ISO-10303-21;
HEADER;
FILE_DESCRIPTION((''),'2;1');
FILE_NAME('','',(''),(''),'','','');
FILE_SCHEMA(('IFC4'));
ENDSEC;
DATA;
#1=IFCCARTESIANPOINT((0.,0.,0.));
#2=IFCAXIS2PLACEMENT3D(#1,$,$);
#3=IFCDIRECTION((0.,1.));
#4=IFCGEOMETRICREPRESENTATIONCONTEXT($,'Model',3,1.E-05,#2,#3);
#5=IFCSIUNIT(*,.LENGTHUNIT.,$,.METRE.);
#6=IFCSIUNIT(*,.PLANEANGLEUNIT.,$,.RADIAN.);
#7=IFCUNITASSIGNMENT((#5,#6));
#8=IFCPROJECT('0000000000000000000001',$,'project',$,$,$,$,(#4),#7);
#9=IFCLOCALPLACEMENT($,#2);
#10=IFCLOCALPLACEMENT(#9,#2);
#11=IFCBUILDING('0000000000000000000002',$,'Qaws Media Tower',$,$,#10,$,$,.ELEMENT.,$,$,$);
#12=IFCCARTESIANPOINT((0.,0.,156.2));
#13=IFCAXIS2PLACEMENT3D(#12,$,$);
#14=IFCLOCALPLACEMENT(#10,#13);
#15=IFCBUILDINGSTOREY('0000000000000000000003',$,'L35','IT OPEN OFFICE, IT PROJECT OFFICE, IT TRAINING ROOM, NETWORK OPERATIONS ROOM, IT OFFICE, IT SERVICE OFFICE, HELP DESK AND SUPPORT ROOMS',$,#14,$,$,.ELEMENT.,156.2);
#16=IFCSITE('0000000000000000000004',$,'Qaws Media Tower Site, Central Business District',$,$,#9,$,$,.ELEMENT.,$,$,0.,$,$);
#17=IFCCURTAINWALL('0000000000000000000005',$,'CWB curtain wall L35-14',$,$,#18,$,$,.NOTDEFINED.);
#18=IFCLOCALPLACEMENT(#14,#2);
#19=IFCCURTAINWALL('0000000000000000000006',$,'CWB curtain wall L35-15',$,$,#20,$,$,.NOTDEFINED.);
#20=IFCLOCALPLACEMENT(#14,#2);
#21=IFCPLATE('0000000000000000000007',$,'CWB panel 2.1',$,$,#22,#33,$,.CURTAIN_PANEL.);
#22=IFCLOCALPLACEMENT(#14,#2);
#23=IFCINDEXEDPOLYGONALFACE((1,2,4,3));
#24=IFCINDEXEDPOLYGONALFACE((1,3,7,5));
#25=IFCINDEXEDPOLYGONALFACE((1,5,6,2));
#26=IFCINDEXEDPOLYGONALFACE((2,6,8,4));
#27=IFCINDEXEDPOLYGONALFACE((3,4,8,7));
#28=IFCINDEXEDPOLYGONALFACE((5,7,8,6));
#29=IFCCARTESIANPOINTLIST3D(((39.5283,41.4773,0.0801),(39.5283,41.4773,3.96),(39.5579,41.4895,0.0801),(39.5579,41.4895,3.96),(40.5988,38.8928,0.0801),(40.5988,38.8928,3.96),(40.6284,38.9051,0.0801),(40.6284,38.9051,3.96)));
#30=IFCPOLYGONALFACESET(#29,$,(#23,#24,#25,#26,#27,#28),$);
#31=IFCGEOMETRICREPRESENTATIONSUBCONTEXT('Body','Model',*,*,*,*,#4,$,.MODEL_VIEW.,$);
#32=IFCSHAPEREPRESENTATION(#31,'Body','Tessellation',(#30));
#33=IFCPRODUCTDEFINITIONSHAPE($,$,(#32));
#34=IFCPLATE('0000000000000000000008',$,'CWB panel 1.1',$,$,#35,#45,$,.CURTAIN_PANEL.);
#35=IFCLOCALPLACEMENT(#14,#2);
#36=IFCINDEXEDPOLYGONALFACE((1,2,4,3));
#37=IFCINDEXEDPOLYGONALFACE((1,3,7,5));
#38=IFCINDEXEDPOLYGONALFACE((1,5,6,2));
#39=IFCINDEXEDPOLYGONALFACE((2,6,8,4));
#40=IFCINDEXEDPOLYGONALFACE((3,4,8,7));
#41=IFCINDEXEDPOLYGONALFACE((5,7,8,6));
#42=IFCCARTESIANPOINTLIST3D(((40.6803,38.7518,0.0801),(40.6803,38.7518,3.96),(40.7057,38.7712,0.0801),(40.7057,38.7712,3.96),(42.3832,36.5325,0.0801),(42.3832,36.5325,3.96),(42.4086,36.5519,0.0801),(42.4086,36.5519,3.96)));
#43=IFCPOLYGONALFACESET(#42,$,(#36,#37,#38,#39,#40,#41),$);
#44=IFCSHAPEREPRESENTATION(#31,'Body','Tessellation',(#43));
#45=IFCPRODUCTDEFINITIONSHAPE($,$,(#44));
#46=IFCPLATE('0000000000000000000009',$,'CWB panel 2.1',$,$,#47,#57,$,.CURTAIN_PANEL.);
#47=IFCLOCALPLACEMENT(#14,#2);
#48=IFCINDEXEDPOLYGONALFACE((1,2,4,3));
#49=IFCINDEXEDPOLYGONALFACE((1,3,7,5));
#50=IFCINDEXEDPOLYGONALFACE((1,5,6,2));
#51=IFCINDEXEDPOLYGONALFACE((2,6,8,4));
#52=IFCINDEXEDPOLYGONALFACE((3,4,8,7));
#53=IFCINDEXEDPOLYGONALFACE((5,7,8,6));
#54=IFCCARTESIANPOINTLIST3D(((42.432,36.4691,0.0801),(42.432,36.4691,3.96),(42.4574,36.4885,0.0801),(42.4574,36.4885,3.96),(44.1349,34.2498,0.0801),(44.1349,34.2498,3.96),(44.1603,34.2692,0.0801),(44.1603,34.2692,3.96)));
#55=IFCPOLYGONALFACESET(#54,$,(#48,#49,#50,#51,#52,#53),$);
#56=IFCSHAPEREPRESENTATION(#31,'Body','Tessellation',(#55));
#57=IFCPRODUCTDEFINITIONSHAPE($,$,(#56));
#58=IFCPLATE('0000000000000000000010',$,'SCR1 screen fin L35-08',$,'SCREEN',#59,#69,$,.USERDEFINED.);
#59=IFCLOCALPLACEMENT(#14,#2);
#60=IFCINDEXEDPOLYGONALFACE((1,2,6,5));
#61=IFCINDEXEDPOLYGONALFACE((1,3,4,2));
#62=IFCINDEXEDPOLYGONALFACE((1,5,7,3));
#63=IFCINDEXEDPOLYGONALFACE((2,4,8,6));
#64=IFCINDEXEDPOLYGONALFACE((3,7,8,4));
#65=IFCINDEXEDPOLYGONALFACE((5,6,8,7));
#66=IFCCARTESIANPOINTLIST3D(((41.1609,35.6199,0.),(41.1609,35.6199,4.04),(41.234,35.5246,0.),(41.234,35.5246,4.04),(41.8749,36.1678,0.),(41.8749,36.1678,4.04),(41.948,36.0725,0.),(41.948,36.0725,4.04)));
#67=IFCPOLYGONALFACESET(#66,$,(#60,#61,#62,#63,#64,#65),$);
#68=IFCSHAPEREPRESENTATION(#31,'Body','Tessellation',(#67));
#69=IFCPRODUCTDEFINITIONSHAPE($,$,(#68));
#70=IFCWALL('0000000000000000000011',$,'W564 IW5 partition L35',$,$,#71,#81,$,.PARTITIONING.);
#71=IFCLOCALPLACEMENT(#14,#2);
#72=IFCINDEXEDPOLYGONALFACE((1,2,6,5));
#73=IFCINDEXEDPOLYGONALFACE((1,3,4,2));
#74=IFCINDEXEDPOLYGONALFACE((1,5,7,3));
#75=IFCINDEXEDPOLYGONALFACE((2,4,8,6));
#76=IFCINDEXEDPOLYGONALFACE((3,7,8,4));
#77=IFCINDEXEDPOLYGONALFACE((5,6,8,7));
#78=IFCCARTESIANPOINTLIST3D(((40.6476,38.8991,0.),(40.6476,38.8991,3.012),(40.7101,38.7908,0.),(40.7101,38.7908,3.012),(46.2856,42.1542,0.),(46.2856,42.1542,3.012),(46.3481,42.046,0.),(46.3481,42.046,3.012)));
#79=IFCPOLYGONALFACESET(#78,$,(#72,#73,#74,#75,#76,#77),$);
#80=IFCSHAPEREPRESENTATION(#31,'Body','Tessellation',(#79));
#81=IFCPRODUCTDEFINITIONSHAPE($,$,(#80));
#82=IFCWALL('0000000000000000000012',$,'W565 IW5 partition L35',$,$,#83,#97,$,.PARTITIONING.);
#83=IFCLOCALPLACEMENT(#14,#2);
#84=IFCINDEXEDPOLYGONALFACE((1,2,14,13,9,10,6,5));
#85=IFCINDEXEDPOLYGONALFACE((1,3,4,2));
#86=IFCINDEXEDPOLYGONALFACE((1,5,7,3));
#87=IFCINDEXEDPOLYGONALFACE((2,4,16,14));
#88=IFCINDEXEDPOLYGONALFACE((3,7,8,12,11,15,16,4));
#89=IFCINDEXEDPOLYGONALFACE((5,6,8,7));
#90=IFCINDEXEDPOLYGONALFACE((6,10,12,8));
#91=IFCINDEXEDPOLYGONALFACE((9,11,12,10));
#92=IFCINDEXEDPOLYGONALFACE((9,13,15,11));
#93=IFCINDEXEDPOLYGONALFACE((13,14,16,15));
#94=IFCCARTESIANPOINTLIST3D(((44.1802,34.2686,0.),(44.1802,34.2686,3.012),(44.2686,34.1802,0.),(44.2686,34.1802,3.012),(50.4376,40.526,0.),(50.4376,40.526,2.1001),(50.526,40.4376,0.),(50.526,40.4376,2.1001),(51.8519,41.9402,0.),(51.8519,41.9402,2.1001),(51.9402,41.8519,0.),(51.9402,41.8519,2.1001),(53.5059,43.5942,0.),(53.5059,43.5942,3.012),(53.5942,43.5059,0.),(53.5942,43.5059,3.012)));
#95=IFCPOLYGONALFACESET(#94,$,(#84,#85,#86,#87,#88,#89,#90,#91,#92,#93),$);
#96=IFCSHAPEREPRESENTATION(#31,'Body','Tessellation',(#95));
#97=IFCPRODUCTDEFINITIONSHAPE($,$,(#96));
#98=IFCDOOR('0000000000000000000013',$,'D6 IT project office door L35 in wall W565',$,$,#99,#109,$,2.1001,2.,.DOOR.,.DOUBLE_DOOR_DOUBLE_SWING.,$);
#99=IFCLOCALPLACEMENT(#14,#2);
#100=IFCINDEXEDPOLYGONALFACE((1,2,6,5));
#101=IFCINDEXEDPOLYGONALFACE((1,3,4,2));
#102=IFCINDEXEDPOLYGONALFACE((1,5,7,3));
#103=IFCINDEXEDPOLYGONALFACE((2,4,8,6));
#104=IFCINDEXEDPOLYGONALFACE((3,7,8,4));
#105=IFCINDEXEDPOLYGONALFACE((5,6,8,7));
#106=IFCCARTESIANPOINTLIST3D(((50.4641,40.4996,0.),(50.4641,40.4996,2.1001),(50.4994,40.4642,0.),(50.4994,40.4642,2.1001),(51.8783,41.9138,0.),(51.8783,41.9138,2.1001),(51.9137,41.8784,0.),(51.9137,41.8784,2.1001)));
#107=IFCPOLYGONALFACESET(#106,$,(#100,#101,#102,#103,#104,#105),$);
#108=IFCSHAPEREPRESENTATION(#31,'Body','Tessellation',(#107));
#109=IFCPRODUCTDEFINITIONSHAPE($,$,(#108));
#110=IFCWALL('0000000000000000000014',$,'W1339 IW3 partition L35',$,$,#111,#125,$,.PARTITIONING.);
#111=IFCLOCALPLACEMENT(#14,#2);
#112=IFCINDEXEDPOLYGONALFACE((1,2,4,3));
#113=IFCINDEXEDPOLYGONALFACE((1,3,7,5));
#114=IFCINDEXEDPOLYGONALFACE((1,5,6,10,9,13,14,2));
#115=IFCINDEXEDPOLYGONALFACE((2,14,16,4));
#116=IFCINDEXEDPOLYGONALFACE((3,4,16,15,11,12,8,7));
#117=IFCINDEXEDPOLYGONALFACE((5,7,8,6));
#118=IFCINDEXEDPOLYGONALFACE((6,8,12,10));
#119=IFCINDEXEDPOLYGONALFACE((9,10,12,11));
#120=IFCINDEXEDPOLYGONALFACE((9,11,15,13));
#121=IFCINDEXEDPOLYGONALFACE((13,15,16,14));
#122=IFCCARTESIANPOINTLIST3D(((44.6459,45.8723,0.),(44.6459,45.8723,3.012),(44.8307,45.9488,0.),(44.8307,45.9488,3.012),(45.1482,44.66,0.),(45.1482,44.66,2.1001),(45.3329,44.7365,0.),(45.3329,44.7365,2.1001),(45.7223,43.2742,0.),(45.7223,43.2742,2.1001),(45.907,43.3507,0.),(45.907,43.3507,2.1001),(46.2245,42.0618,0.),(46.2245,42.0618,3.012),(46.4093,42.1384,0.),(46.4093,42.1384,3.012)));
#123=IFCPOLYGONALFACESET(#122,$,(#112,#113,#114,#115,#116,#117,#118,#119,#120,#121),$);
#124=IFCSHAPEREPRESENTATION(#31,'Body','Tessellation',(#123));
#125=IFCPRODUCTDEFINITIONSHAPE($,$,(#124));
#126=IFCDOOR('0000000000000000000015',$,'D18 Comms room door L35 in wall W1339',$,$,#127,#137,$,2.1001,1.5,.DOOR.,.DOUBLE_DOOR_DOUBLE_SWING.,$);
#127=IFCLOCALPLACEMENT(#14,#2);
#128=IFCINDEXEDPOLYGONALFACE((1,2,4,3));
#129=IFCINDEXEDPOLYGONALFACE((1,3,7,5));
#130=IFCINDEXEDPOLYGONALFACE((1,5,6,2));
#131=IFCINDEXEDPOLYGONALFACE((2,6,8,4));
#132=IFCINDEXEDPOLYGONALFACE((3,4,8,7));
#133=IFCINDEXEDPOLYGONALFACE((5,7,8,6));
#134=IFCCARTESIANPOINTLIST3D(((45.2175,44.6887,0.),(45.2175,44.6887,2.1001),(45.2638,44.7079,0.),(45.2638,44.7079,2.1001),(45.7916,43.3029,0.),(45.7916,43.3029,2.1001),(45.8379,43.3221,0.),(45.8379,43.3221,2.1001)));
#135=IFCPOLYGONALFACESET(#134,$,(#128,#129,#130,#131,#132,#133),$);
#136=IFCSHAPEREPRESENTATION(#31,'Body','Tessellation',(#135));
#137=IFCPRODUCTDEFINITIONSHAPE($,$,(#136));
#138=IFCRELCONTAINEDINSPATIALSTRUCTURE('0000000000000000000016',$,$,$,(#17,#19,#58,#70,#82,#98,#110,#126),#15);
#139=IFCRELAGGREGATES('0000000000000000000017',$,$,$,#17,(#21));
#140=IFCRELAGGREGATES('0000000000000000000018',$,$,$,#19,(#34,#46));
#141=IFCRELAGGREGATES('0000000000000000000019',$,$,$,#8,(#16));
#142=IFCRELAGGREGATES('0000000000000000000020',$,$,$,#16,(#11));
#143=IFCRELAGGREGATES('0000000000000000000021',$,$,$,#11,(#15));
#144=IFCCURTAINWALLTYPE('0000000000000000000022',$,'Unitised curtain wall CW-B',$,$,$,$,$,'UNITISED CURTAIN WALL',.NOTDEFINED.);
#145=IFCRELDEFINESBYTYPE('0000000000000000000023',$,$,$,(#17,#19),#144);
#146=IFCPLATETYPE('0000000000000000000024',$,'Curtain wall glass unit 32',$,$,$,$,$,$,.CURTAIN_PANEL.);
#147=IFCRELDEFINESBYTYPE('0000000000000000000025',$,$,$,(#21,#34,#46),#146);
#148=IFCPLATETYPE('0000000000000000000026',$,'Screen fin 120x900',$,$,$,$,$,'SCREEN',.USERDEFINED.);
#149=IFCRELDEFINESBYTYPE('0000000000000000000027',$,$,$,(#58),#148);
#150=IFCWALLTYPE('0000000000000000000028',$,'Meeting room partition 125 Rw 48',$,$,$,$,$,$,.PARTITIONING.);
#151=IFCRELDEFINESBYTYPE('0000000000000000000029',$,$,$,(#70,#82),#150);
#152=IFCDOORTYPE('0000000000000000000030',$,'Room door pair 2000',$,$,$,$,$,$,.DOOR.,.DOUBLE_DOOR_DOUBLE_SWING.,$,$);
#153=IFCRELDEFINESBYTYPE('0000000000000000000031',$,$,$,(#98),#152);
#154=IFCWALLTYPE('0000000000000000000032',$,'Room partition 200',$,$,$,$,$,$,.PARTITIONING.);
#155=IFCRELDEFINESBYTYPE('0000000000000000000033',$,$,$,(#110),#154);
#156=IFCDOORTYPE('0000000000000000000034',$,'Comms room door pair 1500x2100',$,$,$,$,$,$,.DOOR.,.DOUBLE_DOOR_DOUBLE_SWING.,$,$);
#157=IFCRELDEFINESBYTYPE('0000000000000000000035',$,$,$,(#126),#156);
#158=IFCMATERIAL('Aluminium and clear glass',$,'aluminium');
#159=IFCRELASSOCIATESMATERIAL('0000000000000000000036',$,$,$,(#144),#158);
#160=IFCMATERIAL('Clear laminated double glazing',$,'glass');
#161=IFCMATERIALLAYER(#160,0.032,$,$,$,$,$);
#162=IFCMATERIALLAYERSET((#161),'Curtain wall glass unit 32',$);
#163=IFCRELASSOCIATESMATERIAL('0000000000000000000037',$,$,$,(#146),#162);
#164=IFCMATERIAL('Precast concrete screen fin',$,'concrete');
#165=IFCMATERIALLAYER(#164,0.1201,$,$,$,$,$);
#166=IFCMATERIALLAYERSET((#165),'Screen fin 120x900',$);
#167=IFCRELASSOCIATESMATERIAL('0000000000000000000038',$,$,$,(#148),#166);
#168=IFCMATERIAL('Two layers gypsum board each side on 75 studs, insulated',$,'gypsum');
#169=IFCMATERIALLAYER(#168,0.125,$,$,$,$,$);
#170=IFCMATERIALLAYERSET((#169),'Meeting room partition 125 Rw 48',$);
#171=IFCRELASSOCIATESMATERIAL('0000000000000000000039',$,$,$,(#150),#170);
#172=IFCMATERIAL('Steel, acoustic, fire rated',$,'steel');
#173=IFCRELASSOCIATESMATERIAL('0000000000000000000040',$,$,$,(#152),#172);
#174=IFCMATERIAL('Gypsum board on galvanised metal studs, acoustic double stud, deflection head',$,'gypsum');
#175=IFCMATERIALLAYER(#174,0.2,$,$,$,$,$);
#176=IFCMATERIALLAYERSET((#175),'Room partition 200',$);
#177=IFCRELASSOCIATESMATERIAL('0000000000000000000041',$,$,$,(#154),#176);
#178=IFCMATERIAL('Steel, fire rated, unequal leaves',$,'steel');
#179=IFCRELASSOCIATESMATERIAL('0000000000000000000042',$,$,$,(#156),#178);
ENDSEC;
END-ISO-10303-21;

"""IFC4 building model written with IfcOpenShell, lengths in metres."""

from ifc_helpers import new_model, si_unit, direction, frame, frame_2d, origin, origin_2d, place, context, subcontext, project, spatial, rectangle, extrude, material, layer, layer_set, type_object, element, fill, aggregate, save


model = new_model("IFC4")

# Units and contexts
model_context = context("Model", 3, precision=1e-05, world=origin(), true_north=direction((0.0, 1.0)))
body_context = subcontext(model_context, "Body", "Model", "MODEL_VIEW")
ifc_project = project(units=[si_unit("LENGTHUNIT", "METRE"), si_unit("PLANEANGLEUNIT", "RADIAN")], contexts=[model_context])

# Site, building, storey
site_placement = place(None, origin())
site = spatial("IfcSite", under=ifc_project, at=site_placement, Name="Qaws Media Tower Site, Central Business District", CompositionType="ELEMENT", RefElevation=0.0)
building_placement = place(site_placement, origin())
building = spatial("IfcBuilding", under=site, at=building_placement, Name="Qaws Media Tower", CompositionType="ELEMENT")
storey_placement = place(building_placement, frame((0.0, 0.0, 156.2)))
storey = spatial("IfcBuildingStorey", under=building, at=storey_placement, Name="L35", Description="IT OPEN OFFICE, IT PROJECT OFFICE, IT TRAINING ROOM, NETWORK OPERATIONS ROOM, IT OFFICE, IT SERVICE OFFICE, HELP DESK AND SUPPORT ROOMS", CompositionType="ELEMENT", Elevation=156.2)

# Curtain wall
ifc_material_1 = material(Name="Aluminium and clear glass", Category="aluminium")
curtain_wall_type = type_object("IfcCurtainWallType", Name="Unitised curtain wall CW-B", ElementType="UNITISED CURTAIN WALL", PredefinedType="NOTDEFINED", material=ifc_material_1)
curtain_wall_1_placement = place(storey_placement, origin())
curtain_wall_1 = element("IfcCurtainWall", 1, at=curtain_wall_1_placement, inside=storey, type_object=curtain_wall_type, Name="CWB curtain wall L35-14", PredefinedType="NOTDEFINED")

# Curtain wall
curtain_wall_2_placement = place(storey_placement, origin())
curtain_wall_2 = element("IfcCurtainWall", 2, at=curtain_wall_2_placement, inside=storey, type_object=curtain_wall_type, Name="CWB curtain wall L35-15", PredefinedType="NOTDEFINED")

# Plates
ifc_material_2 = material(Name="Clear laminated double glazing", Category="glass")
ifc_layer_1 = layer(ifc_material_2, 0.032)
ifc_layer_set_1 = layer_set([ifc_layer_1], Name="Curtain wall glass unit 32")
plate_type_1 = type_object("IfcPlateType", Name="Curtain wall glass unit 32", PredefinedType="CURTAIN_PANEL", material=ifc_layer_set_1)
plate_1_placement = place(storey_placement, frame((40.0784, 40.1912, 0.0801), z_axis=(0.0, 0.0, 1.0), x_axis=(0.382683, -0.92388, 0.0)))
plate_1 = element("IfcPlate", 3, at=plate_1_placement, type_object=plate_type_1, Name="CWB panel 2.1", PredefinedType="CURTAIN_PANEL", context=body_context, shape_type="SweptSolid", body=[
    extrude(rectangle(XDim=2.7974, YDim=0.032, at=origin_2d()), origin(), (0.0, 0.0, 1.0), 3.8799),
])
aggregate(curtain_wall_1, [plate_1])
plate_2_placement = place(storey_placement, frame((41.5444, 37.6519, 0.0801), z_axis=(0.0, 0.0, 1.0), x_axis=(0.608761, -0.793353, 0.0)))
plate_2 = element("IfcPlate", 4, at=plate_2_placement, type_object=plate_type_1, Name="CWB panel 1.1", PredefinedType="CURTAIN_PANEL", context=body_context, shape_type="SweptSolid", body=[
    extrude(rectangle(XDim=2.7974, YDim=0.032, at=origin_2d()), origin(), (0.0, 0.0, 1.0), 3.8799),
])
plate_3_placement = place(storey_placement, frame((43.2961, 35.3691, 0.0801), z_axis=(0.0, 0.0, 1.0), x_axis=(0.608761, -0.793353, 0.0)))
plate_3 = element("IfcPlate", 5, at=plate_3_placement, type_object=plate_type_1, Name="CWB panel 2.1", PredefinedType="CURTAIN_PANEL", context=body_context, shape_type="SweptSolid", body=[
    extrude(rectangle(XDim=2.7974, YDim=0.032, at=origin_2d()), origin(), (0.0, 0.0, 1.0), 3.8799),
])
aggregate(curtain_wall_2, [plate_2, plate_3])
ifc_material_3 = material(Name="Precast concrete screen fin", Category="concrete")
ifc_layer_2 = layer(ifc_material_3, 0.1201)
ifc_layer_set_2 = layer_set([ifc_layer_2], Name="Screen fin 120x900")
plate_type_2 = type_object("IfcPlateType", Name="Screen fin 120x900", ElementType="SCREEN", PredefinedType="USERDEFINED", material=ifc_layer_set_2)
plate_4_placement = place(storey_placement, frame((41.5544, 35.8462, 0.0), z_axis=(0.0, 0.0, 1.0), x_axis=(-0.793353, -0.608761, 0.0)))
element("IfcPlate", 6, at=plate_4_placement, inside=storey, type_object=plate_type_2, Name="SCR1 screen fin L35-08", ObjectType="SCREEN", PredefinedType="USERDEFINED", context=body_context, shape_type="SweptSolid", body=[
    extrude(rectangle(XDim=0.8999, YDim=0.1201, at=origin_2d()), origin(), (0.0, 0.0, 1.0), 4.04),
])

# Wall
ifc_material_4 = material(Name="Two layers gypsum board each side on 75 studs, insulated", Category="gypsum")
ifc_layer_3 = layer(ifc_material_4, 0.125)
ifc_layer_set_3 = layer_set([ifc_layer_3], Name="Meeting room partition 125 Rw 48")
wall_type_1 = type_object("IfcWallType", Name="Meeting room partition 125 Rw 48", PredefinedType="PARTITIONING", material=ifc_layer_set_3)
wall_1_placement = place(storey_placement, frame((46.3169, 42.1001, 0.0), z_axis=(0.0, 0.0, 1.0), x_axis=(-0.866021, -0.500007, 0.0)))
element("IfcWall", 7, at=wall_1_placement, inside=storey, type_object=wall_type_1, Name="W564 IW5 partition L35", PredefinedType="PARTITIONING", context=body_context, shape_type="SweptSolid", body=[
    extrude(rectangle(XDim=6.5103, YDim=0.125, at=frame_2d((3.2551, 0.0))), origin(), (0.0, 0.0, 1.0), 3.012),
])

# Walls, openings, doors
wall_2_placement = place(storey_placement, frame((53.55, 43.55, 0.0), z_axis=(0.0, 0.0, 1.0), x_axis=(-0.707107, -0.707107, 0.0)))
wall_2 = element("IfcWall", 8, at=wall_2_placement, inside=storey, type_object=wall_type_1, Name="W565 IW5 partition L35", PredefinedType="PARTITIONING", context=body_context, shape_type="SweptSolid", body=[
    extrude(rectangle(XDim=13.1885, YDim=0.125, at=frame_2d((6.5942, 0.0))), origin(), (0.0, 0.0, 1.0), 3.012),
])
opening_1_placement = place(wall_2_placement, frame((2.3391, 0.0, 0.0)))
opening_1 = element("IfcOpeningElement", 9, at=opening_1_placement, cuts=wall_2, PredefinedType="OPENING", context=body_context, shape_type="SweptSolid", body=[
    extrude(rectangle(XDim=2.0, YDim=2.1001, at=frame_2d((1.0, 1.05))), frame((0.0, 0.0725, 0.0), z_axis=(0.0, -1.0, 0.0), x_axis=(1.0, 0.0, 0.0)), (0.0, 0.0, 1.0), 0.145),
])
ifc_material_5 = material(Name="Steel, acoustic, fire rated", Category="steel")
door_type_1 = type_object("IfcDoorType", Name="Room door pair 2000", OperationType="DOUBLE_DOOR_DOUBLE_SWING", PredefinedType="DOOR", material=ifc_material_5)
door_1_placement = place(opening_1_placement, origin())
door_1 = element("IfcDoor", 10, at=door_1_placement, inside=storey, type_object=door_type_1, Name="D6 IT project office door L35 in wall W565", OperationType="DOUBLE_DOOR_DOUBLE_SWING", OverallHeight=2.1001, OverallWidth=2.0, PredefinedType="DOOR", context=body_context, shape_type="SweptSolid", body=[
    extrude(rectangle(XDim=2.0, YDim=2.1001, at=frame_2d((1.0, 1.05))), frame((0.0, 0.0249, 0.0), z_axis=(0.0, -1.0, 0.0), x_axis=(1.0, 0.0, 0.0)), (0.0, 0.0, 1.0), 0.05),
])
fill(opening_1, door_1)
ifc_material_6 = material(Name="Gypsum board on galvanised metal studs, acoustic double stud, deflection head", Category="gypsum")
ifc_layer_4 = layer(ifc_material_6, 0.2)
ifc_layer_set_4 = layer_set([ifc_layer_4], Name="Room partition 200")
wall_type_2 = type_object("IfcWallType", Name="Room partition 200", PredefinedType="PARTITIONING", material=ifc_layer_set_4)
wall_3_placement = place(storey_placement, frame((46.3169, 42.1001, 0.0), z_axis=(0.0, 0.0, 1.0), x_axis=(-0.382732, 0.92386, 0.0)))
wall_3 = element("IfcWall", 11, at=wall_3_placement, inside=storey, type_object=wall_type_2, Name="W1339 IW3 partition L35", PredefinedType="PARTITIONING", context=body_context, shape_type="SweptSolid", body=[
    extrude(rectangle(XDim=4.1245, YDim=0.2, at=frame_2d((2.0623, 0.0))), origin(), (0.0, 0.0, 1.0), 3.012),
])
opening_2_placement = place(wall_3_placement, frame((1.3123, 0.0, 0.0)))
opening_2 = element("IfcOpeningElement", 12, at=opening_2_placement, cuts=wall_3, PredefinedType="OPENING", context=body_context, shape_type="SweptSolid", body=[
    extrude(rectangle(XDim=1.5, YDim=2.1001, at=frame_2d((0.75, 1.05))), frame((0.0, 0.1099, 0.0), z_axis=(0.0, -1.0, 0.0), x_axis=(1.0, 0.0, 0.0)), (0.0, 0.0, 1.0), 0.22),
])
ifc_material_7 = material(Name="Steel, fire rated, unequal leaves", Category="steel")
door_type_2 = type_object("IfcDoorType", Name="Comms room door pair 1500x2100", OperationType="DOUBLE_DOOR_DOUBLE_SWING", PredefinedType="DOOR", material=ifc_material_7)
door_2_placement = place(opening_2_placement, origin())
door_2 = element("IfcDoor", 13, at=door_2_placement, inside=storey, type_object=door_type_2, Name="D18 Comms room door L35 in wall W1339", OperationType="DOUBLE_DOOR_DOUBLE_SWING", OverallHeight=2.1001, OverallWidth=1.5, PredefinedType="DOOR", context=body_context, shape_type="SweptSolid", body=[
    extrude(rectangle(XDim=1.5, YDim=2.1001, at=frame_2d((0.75, 1.05))), frame((0.0, 0.0249, 0.0), z_axis=(0.0, -1.0, 0.0), x_axis=(1.0, 0.0, 0.0)), (0.0, 0.0, 1.0), 0.05),
])
fill(opening_2, door_2)

save(model, "model.ifc")
